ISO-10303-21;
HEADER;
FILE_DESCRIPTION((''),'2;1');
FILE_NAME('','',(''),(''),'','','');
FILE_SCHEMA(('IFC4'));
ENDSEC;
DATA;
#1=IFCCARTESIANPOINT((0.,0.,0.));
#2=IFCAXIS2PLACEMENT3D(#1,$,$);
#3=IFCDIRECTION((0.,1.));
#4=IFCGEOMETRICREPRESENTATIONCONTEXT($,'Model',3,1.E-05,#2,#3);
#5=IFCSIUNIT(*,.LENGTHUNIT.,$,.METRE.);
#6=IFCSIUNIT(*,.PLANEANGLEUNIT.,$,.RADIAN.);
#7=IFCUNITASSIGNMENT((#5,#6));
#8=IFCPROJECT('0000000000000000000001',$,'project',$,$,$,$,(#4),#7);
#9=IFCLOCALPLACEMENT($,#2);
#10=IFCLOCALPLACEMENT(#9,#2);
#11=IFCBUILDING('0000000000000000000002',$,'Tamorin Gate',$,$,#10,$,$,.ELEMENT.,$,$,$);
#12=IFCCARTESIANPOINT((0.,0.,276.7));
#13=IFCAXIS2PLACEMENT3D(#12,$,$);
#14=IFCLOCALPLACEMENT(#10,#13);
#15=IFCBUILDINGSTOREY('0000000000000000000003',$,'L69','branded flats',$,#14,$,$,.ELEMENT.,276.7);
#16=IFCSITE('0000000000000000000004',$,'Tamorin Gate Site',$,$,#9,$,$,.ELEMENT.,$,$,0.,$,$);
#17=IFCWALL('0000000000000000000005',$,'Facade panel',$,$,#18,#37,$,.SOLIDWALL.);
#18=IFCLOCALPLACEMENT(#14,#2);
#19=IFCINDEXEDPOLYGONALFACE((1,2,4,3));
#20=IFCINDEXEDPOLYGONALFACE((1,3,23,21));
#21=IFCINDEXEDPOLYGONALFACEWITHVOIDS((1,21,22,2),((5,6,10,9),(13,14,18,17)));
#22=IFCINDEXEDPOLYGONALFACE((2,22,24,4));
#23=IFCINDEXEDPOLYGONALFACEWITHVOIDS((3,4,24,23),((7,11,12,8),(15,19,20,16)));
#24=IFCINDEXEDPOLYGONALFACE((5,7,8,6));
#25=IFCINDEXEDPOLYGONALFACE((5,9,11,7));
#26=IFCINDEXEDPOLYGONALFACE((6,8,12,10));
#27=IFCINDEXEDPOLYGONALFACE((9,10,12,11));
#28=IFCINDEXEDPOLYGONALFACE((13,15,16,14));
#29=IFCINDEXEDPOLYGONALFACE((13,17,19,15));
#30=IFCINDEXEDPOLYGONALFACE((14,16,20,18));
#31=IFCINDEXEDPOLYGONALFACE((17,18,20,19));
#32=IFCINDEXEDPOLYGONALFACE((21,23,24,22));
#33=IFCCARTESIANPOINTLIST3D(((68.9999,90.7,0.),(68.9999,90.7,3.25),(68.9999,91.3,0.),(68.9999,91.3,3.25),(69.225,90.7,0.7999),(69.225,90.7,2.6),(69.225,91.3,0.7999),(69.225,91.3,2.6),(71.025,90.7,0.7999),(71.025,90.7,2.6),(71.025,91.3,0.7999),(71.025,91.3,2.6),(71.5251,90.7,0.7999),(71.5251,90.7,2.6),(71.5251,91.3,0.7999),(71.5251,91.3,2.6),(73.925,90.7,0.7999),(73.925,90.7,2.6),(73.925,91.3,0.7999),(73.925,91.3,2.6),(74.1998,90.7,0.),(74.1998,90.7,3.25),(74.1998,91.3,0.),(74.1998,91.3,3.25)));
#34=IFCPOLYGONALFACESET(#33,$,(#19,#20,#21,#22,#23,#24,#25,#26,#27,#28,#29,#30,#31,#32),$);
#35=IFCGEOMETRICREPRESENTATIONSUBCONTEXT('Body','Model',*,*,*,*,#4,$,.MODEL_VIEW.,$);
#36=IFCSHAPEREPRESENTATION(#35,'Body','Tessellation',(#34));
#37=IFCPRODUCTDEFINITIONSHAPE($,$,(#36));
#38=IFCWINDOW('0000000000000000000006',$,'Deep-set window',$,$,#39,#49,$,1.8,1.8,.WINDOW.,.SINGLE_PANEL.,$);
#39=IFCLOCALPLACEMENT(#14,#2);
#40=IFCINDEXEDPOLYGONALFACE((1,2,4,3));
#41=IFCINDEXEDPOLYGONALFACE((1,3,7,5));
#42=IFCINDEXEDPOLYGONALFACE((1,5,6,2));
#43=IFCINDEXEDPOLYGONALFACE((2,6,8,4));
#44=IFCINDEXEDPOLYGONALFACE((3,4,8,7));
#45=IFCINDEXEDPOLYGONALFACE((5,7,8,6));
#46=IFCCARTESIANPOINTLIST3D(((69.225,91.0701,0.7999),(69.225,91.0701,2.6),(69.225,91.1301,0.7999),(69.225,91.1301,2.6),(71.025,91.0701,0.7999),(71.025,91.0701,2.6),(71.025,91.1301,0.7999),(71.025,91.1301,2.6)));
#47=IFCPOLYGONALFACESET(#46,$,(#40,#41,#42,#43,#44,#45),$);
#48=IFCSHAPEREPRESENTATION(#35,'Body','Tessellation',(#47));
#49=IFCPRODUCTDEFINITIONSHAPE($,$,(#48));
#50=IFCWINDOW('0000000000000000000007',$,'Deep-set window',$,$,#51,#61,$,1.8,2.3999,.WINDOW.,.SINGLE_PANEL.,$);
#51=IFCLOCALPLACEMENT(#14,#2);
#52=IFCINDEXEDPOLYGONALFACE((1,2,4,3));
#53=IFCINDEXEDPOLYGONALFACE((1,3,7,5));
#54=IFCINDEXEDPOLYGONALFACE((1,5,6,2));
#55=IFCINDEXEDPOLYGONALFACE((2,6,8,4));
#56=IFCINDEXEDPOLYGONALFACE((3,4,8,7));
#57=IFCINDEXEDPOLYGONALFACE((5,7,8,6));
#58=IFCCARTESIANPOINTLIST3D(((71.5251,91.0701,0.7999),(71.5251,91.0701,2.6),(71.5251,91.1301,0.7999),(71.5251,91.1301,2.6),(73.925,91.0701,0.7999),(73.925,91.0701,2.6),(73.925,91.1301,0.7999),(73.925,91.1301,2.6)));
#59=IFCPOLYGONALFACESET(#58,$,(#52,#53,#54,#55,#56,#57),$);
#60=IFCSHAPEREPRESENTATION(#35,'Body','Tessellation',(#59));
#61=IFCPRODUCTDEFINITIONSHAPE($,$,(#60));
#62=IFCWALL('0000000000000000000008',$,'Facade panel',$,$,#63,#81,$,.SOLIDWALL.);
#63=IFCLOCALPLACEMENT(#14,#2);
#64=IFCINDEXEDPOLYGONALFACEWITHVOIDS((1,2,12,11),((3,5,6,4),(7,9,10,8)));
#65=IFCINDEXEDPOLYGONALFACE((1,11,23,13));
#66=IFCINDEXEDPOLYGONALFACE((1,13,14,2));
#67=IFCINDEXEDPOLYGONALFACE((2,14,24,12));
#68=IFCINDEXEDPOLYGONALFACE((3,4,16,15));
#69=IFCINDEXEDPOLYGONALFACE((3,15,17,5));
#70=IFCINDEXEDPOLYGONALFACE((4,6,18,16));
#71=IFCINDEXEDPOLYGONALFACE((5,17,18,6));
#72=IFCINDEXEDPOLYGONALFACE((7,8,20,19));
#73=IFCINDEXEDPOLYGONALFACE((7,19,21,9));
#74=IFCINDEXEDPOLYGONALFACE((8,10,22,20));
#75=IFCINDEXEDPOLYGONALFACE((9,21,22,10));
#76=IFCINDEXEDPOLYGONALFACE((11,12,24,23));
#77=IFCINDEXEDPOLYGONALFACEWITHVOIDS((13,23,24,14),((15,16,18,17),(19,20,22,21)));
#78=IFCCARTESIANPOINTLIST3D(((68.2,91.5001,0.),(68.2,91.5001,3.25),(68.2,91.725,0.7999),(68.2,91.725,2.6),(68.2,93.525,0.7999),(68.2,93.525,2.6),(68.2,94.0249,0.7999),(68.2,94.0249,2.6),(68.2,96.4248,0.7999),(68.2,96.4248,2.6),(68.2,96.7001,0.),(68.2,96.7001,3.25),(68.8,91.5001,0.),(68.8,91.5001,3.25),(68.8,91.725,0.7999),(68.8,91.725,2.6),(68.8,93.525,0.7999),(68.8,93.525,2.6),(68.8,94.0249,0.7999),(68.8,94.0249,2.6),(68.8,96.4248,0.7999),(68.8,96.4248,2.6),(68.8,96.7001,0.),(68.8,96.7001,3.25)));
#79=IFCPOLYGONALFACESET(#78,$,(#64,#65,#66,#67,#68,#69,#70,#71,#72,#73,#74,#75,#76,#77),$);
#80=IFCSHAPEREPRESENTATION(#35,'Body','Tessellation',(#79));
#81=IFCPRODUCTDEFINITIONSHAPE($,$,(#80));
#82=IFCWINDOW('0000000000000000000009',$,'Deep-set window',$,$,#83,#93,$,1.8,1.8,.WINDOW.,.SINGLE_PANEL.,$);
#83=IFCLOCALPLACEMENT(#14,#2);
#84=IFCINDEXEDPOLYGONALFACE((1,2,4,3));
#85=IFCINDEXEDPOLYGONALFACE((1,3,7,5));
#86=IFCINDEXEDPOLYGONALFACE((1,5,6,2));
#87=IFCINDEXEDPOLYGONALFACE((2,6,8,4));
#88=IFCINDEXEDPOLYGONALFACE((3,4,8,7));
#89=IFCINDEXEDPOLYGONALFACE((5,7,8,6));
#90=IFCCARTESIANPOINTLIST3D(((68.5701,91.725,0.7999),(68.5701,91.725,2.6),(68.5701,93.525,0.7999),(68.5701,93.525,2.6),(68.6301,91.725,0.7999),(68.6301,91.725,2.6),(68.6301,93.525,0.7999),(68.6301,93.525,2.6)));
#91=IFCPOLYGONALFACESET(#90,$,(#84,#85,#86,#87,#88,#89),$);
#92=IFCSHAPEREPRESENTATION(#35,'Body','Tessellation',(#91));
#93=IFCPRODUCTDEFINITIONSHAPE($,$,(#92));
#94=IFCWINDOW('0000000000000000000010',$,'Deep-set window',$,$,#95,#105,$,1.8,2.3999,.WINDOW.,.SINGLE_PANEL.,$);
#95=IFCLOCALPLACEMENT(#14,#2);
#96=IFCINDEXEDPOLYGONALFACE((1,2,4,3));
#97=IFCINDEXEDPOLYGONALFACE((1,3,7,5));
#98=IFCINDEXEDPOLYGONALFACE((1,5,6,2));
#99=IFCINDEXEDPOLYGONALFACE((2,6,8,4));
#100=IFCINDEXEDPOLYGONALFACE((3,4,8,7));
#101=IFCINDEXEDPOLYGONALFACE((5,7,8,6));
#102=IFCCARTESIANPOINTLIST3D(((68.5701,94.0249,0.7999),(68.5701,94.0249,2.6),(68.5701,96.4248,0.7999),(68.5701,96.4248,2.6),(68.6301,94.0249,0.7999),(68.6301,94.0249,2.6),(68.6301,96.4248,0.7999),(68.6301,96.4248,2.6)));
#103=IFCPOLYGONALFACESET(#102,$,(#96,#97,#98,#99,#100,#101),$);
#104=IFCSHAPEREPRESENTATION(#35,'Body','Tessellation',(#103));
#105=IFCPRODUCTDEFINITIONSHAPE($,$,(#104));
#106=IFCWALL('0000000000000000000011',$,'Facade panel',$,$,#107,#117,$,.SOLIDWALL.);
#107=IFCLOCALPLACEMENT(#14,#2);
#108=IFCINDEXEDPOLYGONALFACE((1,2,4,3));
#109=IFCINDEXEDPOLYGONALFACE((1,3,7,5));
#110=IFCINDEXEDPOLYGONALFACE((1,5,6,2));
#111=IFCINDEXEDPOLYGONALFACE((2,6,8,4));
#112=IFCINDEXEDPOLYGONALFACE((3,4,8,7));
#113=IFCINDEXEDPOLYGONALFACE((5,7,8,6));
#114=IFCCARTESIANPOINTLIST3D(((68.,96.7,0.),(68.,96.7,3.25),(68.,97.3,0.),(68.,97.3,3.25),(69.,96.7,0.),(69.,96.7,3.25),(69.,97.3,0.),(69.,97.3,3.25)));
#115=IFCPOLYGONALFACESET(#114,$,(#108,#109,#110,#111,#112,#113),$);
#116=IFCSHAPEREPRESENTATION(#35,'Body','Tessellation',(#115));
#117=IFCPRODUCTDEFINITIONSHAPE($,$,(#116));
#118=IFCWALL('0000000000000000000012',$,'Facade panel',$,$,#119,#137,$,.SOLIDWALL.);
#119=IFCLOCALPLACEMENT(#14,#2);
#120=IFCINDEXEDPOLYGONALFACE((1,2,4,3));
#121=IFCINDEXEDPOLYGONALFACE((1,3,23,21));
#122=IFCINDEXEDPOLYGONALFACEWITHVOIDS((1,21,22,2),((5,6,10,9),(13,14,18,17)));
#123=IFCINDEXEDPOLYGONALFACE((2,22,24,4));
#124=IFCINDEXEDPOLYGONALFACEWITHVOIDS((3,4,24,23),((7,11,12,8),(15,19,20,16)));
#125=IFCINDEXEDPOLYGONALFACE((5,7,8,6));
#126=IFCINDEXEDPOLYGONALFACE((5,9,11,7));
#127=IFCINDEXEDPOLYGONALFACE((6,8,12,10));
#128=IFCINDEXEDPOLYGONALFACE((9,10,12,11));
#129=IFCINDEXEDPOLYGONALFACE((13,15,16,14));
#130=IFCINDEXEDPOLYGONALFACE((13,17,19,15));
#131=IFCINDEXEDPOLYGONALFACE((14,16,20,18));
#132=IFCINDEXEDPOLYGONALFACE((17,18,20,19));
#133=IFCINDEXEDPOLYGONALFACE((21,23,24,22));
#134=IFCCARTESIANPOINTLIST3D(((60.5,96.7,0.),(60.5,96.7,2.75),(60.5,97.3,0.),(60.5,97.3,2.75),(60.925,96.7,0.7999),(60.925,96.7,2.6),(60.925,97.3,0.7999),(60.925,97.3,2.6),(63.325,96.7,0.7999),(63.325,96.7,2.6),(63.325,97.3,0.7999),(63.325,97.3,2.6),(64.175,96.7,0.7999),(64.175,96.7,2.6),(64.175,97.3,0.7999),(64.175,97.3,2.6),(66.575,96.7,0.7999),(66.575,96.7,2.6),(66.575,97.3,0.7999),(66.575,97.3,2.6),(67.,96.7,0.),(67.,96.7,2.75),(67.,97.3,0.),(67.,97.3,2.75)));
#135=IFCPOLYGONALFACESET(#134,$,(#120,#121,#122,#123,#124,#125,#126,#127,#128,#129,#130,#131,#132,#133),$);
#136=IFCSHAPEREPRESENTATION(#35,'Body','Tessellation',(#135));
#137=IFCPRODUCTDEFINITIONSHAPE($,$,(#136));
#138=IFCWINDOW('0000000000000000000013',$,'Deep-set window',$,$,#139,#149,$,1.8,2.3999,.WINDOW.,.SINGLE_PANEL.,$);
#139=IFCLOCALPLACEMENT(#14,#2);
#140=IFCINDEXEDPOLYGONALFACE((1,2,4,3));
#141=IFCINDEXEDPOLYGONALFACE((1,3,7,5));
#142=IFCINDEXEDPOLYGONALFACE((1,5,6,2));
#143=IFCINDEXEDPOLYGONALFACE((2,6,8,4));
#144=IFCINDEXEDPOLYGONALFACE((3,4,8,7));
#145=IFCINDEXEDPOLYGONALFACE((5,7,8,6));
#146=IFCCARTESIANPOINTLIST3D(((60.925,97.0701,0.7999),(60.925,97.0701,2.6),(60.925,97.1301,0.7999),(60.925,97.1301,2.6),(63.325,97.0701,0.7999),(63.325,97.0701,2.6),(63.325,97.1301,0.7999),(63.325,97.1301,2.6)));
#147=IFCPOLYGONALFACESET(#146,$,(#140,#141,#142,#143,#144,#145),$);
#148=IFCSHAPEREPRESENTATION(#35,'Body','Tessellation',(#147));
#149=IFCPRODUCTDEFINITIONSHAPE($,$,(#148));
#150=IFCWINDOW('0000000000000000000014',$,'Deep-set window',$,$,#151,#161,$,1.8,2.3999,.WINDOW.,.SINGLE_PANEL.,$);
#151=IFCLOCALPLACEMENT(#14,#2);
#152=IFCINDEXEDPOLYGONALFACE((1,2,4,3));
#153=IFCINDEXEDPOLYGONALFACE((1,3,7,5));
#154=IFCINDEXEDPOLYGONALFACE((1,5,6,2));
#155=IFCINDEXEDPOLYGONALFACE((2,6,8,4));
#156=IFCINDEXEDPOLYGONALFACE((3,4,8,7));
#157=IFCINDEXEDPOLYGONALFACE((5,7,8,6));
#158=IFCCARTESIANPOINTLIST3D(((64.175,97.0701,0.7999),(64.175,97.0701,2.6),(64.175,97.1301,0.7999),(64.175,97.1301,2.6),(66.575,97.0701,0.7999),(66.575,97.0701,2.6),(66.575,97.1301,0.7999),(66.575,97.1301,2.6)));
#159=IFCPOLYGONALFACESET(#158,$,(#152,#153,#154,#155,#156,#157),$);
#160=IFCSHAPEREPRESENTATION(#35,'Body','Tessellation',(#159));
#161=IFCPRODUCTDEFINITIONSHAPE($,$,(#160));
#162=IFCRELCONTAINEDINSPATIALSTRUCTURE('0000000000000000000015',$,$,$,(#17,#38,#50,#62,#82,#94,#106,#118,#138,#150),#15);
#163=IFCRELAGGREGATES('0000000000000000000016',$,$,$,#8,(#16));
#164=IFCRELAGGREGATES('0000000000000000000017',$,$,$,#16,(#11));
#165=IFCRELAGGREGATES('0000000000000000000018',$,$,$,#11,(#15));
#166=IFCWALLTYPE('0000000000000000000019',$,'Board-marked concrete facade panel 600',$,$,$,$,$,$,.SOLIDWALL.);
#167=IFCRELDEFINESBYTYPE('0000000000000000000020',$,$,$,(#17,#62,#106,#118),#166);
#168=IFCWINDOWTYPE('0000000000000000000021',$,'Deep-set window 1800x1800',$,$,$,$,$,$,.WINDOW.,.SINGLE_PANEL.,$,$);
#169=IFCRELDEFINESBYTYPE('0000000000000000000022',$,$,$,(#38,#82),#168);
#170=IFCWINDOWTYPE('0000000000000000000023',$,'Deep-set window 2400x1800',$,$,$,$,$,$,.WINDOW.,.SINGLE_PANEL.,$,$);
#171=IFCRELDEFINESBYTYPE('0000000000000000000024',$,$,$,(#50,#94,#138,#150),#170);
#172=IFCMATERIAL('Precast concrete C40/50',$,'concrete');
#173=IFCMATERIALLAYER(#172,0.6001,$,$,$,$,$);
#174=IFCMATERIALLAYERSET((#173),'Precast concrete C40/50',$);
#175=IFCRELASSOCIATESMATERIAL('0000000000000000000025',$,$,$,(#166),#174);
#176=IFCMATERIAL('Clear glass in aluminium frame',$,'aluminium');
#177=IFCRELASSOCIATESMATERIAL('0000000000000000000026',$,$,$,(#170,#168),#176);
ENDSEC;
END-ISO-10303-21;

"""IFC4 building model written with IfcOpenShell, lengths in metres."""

from ifc_helpers import new_model, si_unit, direction, frame, frame_2d, origin, place, context, subcontext, project, spatial, rectangle, extrude, material, layer, layer_set, type_object, element, fill, save


model = new_model("IFC4")

# Units and contexts
model_context = context("Model", 3, precision=1e-05, world=origin(), true_north=direction((0.0, 1.0)))
body_context = subcontext(model_context, "Body", "Model", "MODEL_VIEW")
ifc_project = project(units=[si_unit("LENGTHUNIT", "METRE"), si_unit("PLANEANGLEUNIT", "RADIAN")], contexts=[model_context])

# Site, building, storey
site_placement = place(None, origin())
site = spatial("IfcSite", under=ifc_project, at=site_placement, Name="Tamorin Gate Site", CompositionType="ELEMENT", RefElevation=0.0)
building_placement = place(site_placement, origin())
building = spatial("IfcBuilding", under=site, at=building_placement, Name="Tamorin Gate", CompositionType="ELEMENT")
storey_placement = place(building_placement, frame((0.0, 0.0, 276.7)))
storey = spatial("IfcBuildingStorey", under=building, at=storey_placement, Name="L69", Description="branded flats", CompositionType="ELEMENT", Elevation=276.7)

# Shared definitions
ifc_material_1 = material(Name="Precast concrete C40/50", Category="concrete")
ifc_layer = layer(ifc_material_1, 0.6001)
ifc_layer_set = layer_set([ifc_layer], Name="Precast concrete C40/50")
wall_type = type_object("IfcWallType", Name="Board-marked concrete facade panel 600", PredefinedType="SOLIDWALL", material=ifc_layer_set)
ifc_material_2 = material(Name="Clear glass in aluminium frame", Category="aluminium")
window_type_1 = type_object("IfcWindowType", Name="Deep-set window 2400x1800", PartitioningType="SINGLE_PANEL", PredefinedType="WINDOW", material=ifc_material_2)

# Walls, openings, windows
wall_1_placement = place(storey_placement, frame((74.2, 91.0, 0.0), z_axis=(0.0, 0.0, 1.0), x_axis=(-1.0, 0.0, 0.0)))
wall_1 = element("IfcWall", 1, at=wall_1_placement, inside=storey, type_object=wall_type, Name="Facade panel", PredefinedType="SOLIDWALL", context=body_context, shape_type="SweptSolid", body=[
    extrude(rectangle(XDim=5.2, YDim=0.6001, at=frame_2d((2.6001, 0.0))), origin(), (0.0, 0.0, 1.0), 3.25),
])
opening_1_placement = place(wall_1_placement, frame((3.175, 0.0, 0.8)))
opening_1 = element("IfcOpeningElement", 2, at=opening_1_placement, cuts=wall_1, PredefinedType="OPENING", context=body_context, shape_type="SweptSolid", body=[
    extrude(rectangle(XDim=1.8, YDim=1.8, at=frame_2d((0.8999, 0.8999))), frame((0.0, 0.3101, 0.0), z_axis=(0.0, -1.0, 0.0), x_axis=(1.0, 0.0, 0.0)), (0.0, 0.0, 1.0), 0.6201),
])
opening_2_placement = place(wall_1_placement, frame((0.2749, 0.0, 0.8)))
opening_2 = element("IfcOpeningElement", 3, at=opening_2_placement, cuts=wall_1, PredefinedType="OPENING", context=body_context, shape_type="SweptSolid", body=[
    extrude(rectangle(XDim=2.3999, YDim=1.8, at=frame_2d((1.2, 0.8999))), frame((0.0, 0.3101, 0.0), z_axis=(0.0, -1.0, 0.0), x_axis=(1.0, 0.0, 0.0)), (0.0, 0.0, 1.0), 0.6201),
])
window_type_2 = type_object("IfcWindowType", Name="Deep-set window 1800x1800", PartitioningType="SINGLE_PANEL", PredefinedType="WINDOW", material=ifc_material_2)
window_1_placement = place(opening_1_placement, origin())
window_1 = element("IfcWindow", 4, at=window_1_placement, inside=storey, type_object=window_type_2, Name="Deep-set window", OverallHeight=1.8, OverallWidth=1.8, PartitioningType="SINGLE_PANEL", PredefinedType="WINDOW", context=body_context, shape_type="SweptSolid", body=[
    extrude(rectangle(XDim=1.8, YDim=1.8, at=frame_2d((0.8999, 0.8999))), frame((0.0, -0.0701, 0.0), z_axis=(0.0, -1.0, 0.0), x_axis=(1.0, 0.0, 0.0)), (0.0, 0.0, 1.0), 0.0601),
])
fill(opening_1, window_1)
window_2_placement = place(opening_2_placement, origin())
window_2 = element("IfcWindow", 5, at=window_2_placement, inside=storey, type_object=window_type_1, Name="Deep-set window", OverallHeight=1.8, OverallWidth=2.3999, PartitioningType="SINGLE_PANEL", PredefinedType="WINDOW", context=body_context, shape_type="SweptSolid", body=[
    extrude(rectangle(XDim=2.3999, YDim=1.8, at=frame_2d((1.2, 0.8999))), frame((0.0, -0.0701, 0.0), z_axis=(0.0, -1.0, 0.0), x_axis=(1.0, 0.0, 0.0)), (0.0, 0.0, 1.0), 0.0601),
])
fill(opening_2, window_2)
wall_2_placement = place(storey_placement, frame((68.5, 91.5, 0.0), z_axis=(0.0, 0.0, 1.0), x_axis=(0.0, 1.0, 0.0)))
wall_2 = element("IfcWall", 6, at=wall_2_placement, inside=storey, type_object=wall_type, Name="Facade panel", PredefinedType="SOLIDWALL", context=body_context, shape_type="SweptSolid", body=[
    extrude(rectangle(XDim=5.2, YDim=0.6001, at=frame_2d((2.6001, 0.0))), origin(), (0.0, 0.0, 1.0), 3.25),
])
opening_3_placement = place(wall_2_placement, frame((0.2251, 0.0, 0.8)))
opening_3 = element("IfcOpeningElement", 7, at=opening_3_placement, cuts=wall_2, PredefinedType="OPENING", context=body_context, shape_type="SweptSolid", body=[
    extrude(rectangle(XDim=1.8, YDim=1.8, at=frame_2d((0.8999, 0.8999))), frame((0.0, 0.3101, 0.0), z_axis=(0.0, -1.0, 0.0), x_axis=(1.0, 0.0, 0.0)), (0.0, 0.0, 1.0), 0.6201),
])
opening_4_placement = place(wall_2_placement, frame((2.5249, 0.0, 0.8)))
opening_4 = element("IfcOpeningElement", 8, at=opening_4_placement, cuts=wall_2, PredefinedType="OPENING", context=body_context, shape_type="SweptSolid", body=[
    extrude(rectangle(XDim=2.3999, YDim=1.8, at=frame_2d((1.2, 0.8999))), frame((0.0, 0.3101, 0.0), z_axis=(0.0, -1.0, 0.0), x_axis=(1.0, 0.0, 0.0)), (0.0, 0.0, 1.0), 0.6201),
])
window_3_placement = place(opening_3_placement, origin())
window_3 = element("IfcWindow", 9, at=window_3_placement, inside=storey, type_object=window_type_2, Name="Deep-set window", OverallHeight=1.8, OverallWidth=1.8, PartitioningType="SINGLE_PANEL", PredefinedType="WINDOW", context=body_context, shape_type="SweptSolid", body=[
    extrude(rectangle(XDim=1.8, YDim=1.8, at=frame_2d((0.8999, 0.8999))), frame((0.0, -0.0701, 0.0), z_axis=(0.0, -1.0, 0.0), x_axis=(1.0, 0.0, 0.0)), (0.0, 0.0, 1.0), 0.0601),
])
fill(opening_3, window_3)
window_4_placement = place(opening_4_placement, origin())
window_4 = element("IfcWindow", 10, at=window_4_placement, inside=storey, type_object=window_type_1, Name="Deep-set window", OverallHeight=1.8, OverallWidth=2.3999, PartitioningType="SINGLE_PANEL", PredefinedType="WINDOW", context=body_context, shape_type="SweptSolid", body=[
    extrude(rectangle(XDim=2.3999, YDim=1.8, at=frame_2d((1.2, 0.8999))), frame((0.0, -0.0701, 0.0), z_axis=(0.0, -1.0, 0.0), x_axis=(1.0, 0.0, 0.0)), (0.0, 0.0, 1.0), 0.0601),
])
fill(opening_4, window_4)

# Wall
wall_3_placement = place(storey_placement, frame((69.0, 97.0, 0.0), z_axis=(0.0, 0.0, 1.0), x_axis=(-1.0, 0.0, 0.0)))
element("IfcWall", 11, at=wall_3_placement, inside=storey, type_object=wall_type, Name="Facade panel", PredefinedType="SOLIDWALL", context=body_context, shape_type="SweptSolid", body=[
    extrude(rectangle(XDim=1.0, YDim=0.6001, at=frame_2d((0.5, 0.0))), origin(), (0.0, 0.0, 1.0), 3.25),
])

# Wall, openings, windows
wall_4_placement = place(storey_placement, frame((67.0, 97.0, 0.0), z_axis=(0.0, 0.0, 1.0), x_axis=(-1.0, 0.0, 0.0)))
wall_4 = element("IfcWall", 12, at=wall_4_placement, inside=storey, type_object=wall_type, Name="Facade panel", PredefinedType="SOLIDWALL", context=body_context, shape_type="SweptSolid", body=[
    extrude(rectangle(XDim=6.5, YDim=0.6001, at=frame_2d((3.25, 0.0))), origin(), (0.0, 0.0, 1.0), 2.75),
])
opening_5_placement = place(wall_4_placement, frame((3.675, 0.0, 0.8)))
opening_5 = element("IfcOpeningElement", 13, at=opening_5_placement, cuts=wall_4, PredefinedType="OPENING", context=body_context, shape_type="SweptSolid", body=[
    extrude(rectangle(XDim=2.3999, YDim=1.8, at=frame_2d((1.2, 0.8999))), frame((0.0, 0.3101, 0.0), z_axis=(0.0, -1.0, 0.0), x_axis=(1.0, 0.0, 0.0)), (0.0, 0.0, 1.0), 0.6201),
])
opening_6_placement = place(wall_4_placement, frame((0.425, 0.0, 0.8)))
opening_6 = element("IfcOpeningElement", 14, at=opening_6_placement, cuts=wall_4, PredefinedType="OPENING", context=body_context, shape_type="SweptSolid", body=[
    extrude(rectangle(XDim=2.3999, YDim=1.8, at=frame_2d((1.2, 0.8999))), frame((0.0, 0.3101, 0.0), z_axis=(0.0, -1.0, 0.0), x_axis=(1.0, 0.0, 0.0)), (0.0, 0.0, 1.0), 0.6201),
])
window_5_placement = place(opening_5_placement, origin())
window_5 = element("IfcWindow", 15, at=window_5_placement, inside=storey, type_object=window_type_1, Name="Deep-set window", OverallHeight=1.8, OverallWidth=2.3999, PartitioningType="SINGLE_PANEL", PredefinedType="WINDOW", context=body_context, shape_type="SweptSolid", body=[
    extrude(rectangle(XDim=2.3999, YDim=1.8, at=frame_2d((1.2, 0.8999))), frame((0.0, -0.0701, 0.0), z_axis=(0.0, -1.0, 0.0), x_axis=(1.0, 0.0, 0.0)), (0.0, 0.0, 1.0), 0.0601),
])
fill(opening_5, window_5)
window_6_placement = place(opening_6_placement, origin())
window_6 = element("IfcWindow", 16, at=window_6_placement, inside=storey, type_object=window_type_1, Name="Deep-set window", OverallHeight=1.8, OverallWidth=2.3999, PartitioningType="SINGLE_PANEL", PredefinedType="WINDOW", context=body_context, shape_type="SweptSolid", body=[
    extrude(rectangle(XDim=2.3999, YDim=1.8, at=frame_2d((1.2, 0.8999))), frame((0.0, -0.0701, 0.0), z_axis=(0.0, -1.0, 0.0), x_axis=(1.0, 0.0, 0.0)), (0.0, 0.0, 1.0), 0.0601),
])
fill(opening_6, window_6)

save(model, "model.ifc")
